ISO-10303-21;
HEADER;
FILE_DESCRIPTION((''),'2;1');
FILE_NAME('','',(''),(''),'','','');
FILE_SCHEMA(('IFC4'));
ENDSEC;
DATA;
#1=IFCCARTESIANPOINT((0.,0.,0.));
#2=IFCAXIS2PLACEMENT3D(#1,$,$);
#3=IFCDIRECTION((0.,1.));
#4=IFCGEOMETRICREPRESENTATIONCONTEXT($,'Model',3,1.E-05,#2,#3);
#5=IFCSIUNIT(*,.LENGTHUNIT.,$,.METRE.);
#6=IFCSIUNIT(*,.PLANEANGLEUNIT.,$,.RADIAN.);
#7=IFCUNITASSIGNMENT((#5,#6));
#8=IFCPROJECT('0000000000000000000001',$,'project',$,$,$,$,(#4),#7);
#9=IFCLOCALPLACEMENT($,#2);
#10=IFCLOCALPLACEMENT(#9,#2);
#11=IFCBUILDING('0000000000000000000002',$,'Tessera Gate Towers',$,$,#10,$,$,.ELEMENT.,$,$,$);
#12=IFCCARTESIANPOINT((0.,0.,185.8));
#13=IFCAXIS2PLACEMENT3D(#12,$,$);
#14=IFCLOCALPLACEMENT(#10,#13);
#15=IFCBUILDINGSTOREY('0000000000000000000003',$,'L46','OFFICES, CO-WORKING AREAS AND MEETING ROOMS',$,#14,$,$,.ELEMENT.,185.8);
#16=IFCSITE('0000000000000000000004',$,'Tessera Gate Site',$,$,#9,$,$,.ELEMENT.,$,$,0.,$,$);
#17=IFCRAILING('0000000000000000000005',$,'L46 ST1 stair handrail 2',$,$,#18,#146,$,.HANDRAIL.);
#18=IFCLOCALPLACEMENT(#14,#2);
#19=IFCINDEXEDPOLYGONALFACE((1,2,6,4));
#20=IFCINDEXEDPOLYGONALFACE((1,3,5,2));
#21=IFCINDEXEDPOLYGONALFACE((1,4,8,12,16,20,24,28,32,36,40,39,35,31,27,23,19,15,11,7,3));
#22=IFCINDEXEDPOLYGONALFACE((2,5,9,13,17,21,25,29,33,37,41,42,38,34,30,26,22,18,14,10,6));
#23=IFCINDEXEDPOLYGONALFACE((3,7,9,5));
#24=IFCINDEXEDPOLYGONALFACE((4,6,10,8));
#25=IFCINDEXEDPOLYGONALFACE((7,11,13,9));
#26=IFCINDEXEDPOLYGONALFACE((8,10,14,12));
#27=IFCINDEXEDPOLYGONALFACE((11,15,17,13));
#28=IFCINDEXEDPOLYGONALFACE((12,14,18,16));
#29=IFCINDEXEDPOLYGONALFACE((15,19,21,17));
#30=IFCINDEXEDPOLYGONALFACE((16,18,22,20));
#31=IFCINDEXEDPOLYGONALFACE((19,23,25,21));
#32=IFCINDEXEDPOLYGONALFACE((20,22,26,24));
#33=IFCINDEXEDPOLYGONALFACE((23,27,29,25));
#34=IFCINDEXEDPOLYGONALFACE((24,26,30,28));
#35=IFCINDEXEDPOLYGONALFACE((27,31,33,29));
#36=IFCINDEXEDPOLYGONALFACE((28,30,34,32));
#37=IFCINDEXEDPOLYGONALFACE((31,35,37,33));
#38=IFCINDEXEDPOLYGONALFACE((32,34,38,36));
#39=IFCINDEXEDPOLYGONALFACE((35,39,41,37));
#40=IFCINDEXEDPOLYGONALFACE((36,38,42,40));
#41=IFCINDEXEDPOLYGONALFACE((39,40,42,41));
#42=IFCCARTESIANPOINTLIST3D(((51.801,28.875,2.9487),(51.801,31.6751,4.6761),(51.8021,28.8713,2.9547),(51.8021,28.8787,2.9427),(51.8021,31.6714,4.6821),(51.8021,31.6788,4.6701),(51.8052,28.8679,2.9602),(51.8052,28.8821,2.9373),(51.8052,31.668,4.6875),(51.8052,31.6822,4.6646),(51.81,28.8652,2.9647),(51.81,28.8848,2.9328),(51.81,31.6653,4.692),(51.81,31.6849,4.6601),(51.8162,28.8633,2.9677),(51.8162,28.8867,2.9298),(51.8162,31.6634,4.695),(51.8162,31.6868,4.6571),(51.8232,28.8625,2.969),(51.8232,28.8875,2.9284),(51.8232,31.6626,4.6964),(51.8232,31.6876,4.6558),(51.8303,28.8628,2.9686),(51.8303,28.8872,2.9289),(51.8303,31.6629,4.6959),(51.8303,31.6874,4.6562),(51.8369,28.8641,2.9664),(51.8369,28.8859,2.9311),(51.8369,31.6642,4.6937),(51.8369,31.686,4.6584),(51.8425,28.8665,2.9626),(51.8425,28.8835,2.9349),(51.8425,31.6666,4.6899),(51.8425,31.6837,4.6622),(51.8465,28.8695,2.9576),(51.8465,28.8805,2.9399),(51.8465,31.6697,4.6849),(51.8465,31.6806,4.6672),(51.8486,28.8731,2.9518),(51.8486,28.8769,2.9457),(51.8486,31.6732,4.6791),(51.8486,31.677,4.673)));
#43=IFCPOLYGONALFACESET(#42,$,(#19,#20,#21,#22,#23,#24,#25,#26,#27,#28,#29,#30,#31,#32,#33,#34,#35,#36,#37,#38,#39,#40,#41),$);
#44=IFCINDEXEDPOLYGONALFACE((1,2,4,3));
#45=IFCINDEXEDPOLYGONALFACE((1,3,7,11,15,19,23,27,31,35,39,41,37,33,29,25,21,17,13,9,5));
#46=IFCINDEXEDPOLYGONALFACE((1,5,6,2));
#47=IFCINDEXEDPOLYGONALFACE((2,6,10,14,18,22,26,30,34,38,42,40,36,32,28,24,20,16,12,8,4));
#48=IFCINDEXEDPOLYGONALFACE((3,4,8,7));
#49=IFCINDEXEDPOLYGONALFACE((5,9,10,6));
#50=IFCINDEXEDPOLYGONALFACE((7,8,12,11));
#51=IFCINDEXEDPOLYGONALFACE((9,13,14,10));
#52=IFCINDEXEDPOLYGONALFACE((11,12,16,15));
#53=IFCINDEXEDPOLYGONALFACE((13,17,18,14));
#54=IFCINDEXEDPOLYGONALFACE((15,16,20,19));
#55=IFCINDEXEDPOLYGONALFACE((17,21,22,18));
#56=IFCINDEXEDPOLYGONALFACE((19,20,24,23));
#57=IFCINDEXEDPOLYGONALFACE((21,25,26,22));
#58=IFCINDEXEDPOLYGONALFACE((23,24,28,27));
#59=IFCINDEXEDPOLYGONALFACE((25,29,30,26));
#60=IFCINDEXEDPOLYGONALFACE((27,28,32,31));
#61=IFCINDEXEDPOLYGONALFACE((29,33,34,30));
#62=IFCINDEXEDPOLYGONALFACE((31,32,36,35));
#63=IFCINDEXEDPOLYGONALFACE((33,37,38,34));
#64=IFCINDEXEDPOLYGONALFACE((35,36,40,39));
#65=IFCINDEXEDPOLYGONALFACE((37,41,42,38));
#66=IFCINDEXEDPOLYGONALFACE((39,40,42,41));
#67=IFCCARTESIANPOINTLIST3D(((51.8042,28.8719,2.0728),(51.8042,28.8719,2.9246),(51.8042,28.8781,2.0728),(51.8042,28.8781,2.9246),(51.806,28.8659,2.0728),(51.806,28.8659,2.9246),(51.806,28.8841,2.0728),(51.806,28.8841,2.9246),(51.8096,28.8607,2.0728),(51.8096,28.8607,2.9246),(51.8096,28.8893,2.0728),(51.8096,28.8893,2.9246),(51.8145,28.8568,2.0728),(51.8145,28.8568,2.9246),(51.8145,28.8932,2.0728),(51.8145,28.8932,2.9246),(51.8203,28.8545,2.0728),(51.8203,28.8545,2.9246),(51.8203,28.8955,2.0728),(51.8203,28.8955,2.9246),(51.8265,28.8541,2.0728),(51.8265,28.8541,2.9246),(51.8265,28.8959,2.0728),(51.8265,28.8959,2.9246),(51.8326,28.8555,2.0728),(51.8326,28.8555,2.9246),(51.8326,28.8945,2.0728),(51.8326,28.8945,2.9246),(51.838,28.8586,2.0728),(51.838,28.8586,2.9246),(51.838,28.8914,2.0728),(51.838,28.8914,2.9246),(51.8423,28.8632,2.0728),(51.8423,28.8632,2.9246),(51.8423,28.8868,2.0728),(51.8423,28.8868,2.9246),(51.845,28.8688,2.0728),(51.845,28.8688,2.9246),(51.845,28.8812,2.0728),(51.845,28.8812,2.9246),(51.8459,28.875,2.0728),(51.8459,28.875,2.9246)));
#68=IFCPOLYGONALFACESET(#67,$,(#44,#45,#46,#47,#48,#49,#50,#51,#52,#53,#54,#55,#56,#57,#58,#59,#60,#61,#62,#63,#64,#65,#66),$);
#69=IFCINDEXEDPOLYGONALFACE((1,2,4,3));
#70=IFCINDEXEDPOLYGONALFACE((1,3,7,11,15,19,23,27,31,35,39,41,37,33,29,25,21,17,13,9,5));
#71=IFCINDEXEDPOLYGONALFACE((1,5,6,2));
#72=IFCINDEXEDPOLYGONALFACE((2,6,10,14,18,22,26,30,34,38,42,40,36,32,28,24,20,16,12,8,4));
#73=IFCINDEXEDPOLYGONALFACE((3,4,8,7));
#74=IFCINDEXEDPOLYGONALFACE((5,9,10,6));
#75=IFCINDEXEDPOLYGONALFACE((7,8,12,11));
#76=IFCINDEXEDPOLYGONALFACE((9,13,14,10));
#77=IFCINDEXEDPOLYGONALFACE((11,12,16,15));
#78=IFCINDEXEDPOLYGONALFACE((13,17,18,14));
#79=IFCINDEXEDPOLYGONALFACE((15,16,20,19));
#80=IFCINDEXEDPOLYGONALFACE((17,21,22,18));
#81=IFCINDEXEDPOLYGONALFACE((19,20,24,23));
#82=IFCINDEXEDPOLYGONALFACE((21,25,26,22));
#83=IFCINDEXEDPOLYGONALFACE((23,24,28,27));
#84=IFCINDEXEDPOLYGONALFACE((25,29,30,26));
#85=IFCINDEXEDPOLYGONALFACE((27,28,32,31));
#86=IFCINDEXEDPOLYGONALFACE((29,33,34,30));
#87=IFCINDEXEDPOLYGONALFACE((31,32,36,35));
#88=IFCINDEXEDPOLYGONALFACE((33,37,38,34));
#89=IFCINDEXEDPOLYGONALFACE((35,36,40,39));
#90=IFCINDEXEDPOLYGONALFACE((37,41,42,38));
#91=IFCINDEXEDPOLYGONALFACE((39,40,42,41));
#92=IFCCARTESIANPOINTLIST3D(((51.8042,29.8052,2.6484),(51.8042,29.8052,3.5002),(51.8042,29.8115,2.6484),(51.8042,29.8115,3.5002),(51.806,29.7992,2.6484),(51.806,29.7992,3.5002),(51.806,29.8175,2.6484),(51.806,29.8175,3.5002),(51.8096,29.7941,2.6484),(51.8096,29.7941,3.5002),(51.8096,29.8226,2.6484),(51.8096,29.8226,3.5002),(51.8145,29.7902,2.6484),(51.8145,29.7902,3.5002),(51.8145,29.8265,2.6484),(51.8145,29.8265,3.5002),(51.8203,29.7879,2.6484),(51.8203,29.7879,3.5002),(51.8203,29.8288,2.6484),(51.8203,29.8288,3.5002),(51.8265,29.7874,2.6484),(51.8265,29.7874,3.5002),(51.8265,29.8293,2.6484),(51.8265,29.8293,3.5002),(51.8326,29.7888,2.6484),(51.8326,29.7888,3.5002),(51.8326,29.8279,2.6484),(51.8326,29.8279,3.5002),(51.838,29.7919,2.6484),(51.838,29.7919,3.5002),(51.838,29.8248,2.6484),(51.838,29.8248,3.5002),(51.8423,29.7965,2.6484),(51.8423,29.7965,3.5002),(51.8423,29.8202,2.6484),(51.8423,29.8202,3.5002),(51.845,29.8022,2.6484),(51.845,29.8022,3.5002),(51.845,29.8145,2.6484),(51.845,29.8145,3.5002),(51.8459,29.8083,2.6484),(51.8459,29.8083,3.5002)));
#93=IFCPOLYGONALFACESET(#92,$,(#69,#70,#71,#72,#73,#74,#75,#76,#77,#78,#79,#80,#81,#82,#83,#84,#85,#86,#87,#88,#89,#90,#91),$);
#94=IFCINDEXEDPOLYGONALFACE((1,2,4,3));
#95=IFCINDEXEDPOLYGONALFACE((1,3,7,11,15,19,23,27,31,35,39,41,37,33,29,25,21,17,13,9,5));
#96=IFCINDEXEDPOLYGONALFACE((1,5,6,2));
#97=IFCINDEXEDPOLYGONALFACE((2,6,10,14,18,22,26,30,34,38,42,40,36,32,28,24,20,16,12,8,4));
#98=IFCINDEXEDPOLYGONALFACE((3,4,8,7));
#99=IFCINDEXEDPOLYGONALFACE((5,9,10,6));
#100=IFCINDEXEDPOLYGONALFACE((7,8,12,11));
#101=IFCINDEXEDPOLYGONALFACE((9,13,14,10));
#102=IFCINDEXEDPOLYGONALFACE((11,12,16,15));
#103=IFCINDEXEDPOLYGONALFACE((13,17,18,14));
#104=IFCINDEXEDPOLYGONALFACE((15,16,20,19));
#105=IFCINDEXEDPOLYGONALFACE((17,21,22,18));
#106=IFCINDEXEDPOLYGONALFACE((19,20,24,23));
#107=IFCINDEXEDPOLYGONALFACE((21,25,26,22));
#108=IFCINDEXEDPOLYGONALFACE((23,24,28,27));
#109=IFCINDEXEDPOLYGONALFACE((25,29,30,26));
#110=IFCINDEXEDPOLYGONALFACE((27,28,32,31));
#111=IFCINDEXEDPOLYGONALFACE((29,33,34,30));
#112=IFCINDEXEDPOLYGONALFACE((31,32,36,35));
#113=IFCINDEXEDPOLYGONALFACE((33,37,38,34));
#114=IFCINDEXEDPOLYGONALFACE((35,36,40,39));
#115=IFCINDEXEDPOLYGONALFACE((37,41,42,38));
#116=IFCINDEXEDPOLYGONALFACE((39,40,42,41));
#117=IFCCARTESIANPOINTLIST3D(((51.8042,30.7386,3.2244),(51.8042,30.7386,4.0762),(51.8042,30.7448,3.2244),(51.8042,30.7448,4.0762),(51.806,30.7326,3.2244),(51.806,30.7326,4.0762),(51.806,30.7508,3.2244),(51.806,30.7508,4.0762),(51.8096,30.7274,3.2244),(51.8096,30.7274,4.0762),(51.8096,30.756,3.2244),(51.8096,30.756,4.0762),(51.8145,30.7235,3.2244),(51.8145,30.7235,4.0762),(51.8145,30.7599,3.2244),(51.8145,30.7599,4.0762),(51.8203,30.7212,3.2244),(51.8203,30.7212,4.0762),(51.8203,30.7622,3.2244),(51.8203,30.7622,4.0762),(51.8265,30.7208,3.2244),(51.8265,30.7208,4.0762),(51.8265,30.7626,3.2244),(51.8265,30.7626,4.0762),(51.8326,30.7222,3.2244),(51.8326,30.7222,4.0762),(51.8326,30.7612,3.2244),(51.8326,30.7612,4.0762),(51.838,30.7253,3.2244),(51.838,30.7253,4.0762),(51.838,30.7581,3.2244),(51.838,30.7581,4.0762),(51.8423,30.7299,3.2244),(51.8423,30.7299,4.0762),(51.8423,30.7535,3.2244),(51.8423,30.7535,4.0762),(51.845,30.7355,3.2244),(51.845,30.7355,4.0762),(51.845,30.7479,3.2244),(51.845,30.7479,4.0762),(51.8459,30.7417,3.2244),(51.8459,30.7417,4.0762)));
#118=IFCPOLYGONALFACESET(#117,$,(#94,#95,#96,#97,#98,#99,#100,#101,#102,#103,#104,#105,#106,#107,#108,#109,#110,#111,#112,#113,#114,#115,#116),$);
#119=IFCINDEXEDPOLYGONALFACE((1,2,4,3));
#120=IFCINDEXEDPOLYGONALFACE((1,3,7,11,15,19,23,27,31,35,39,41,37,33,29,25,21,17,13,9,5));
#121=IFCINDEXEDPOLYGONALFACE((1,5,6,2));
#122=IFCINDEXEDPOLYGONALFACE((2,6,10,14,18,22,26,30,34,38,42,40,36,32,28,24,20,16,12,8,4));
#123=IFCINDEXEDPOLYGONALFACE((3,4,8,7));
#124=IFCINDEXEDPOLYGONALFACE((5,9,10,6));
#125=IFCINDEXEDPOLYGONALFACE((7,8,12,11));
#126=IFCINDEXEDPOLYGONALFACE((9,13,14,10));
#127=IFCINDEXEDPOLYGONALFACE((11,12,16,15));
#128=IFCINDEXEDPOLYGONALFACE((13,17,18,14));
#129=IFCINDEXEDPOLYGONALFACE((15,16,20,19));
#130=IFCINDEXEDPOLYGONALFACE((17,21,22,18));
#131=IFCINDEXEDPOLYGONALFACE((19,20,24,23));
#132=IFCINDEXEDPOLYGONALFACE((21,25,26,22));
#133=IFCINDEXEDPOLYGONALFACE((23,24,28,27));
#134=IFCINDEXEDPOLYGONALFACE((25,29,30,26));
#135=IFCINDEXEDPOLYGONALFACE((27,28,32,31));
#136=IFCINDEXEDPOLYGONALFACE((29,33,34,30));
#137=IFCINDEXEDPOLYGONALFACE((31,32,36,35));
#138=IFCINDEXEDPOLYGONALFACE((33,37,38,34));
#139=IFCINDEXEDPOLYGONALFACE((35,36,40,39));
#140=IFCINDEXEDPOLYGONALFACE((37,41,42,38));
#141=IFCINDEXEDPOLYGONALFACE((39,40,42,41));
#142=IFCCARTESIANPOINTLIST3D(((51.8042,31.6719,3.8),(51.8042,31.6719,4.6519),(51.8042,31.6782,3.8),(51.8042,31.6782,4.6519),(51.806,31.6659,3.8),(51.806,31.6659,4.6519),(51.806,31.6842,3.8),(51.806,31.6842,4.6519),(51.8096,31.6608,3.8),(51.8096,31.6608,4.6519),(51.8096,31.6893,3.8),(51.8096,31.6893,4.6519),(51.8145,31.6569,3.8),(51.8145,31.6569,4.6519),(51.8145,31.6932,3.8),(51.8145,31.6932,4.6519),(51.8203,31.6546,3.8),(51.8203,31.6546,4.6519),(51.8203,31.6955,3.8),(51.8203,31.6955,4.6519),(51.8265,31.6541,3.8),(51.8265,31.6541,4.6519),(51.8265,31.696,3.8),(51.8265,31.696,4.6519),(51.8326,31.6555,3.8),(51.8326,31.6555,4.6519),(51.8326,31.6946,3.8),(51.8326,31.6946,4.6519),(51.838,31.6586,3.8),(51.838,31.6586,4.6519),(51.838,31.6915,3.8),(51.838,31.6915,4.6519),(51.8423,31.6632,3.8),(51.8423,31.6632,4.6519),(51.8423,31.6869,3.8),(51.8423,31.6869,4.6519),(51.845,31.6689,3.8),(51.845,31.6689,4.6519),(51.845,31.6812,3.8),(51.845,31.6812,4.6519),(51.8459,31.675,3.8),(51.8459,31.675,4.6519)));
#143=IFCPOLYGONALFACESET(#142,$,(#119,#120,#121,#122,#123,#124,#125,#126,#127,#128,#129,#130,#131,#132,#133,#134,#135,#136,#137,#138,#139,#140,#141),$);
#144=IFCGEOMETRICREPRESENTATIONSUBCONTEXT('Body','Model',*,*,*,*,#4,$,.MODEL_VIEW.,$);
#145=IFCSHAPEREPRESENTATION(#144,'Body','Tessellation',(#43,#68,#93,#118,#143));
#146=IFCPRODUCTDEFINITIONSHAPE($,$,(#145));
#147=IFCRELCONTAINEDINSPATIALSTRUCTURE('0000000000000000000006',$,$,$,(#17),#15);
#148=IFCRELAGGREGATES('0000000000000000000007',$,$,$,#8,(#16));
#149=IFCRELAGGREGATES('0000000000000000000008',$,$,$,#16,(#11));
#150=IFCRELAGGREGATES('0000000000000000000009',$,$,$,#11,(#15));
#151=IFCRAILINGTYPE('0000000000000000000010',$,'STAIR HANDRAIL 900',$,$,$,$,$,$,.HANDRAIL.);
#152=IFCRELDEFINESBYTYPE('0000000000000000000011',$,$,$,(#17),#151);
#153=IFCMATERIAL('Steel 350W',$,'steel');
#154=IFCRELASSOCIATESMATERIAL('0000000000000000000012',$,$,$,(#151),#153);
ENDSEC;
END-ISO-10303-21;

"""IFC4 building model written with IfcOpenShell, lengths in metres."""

from ifc_helpers import new_model, si_unit, direction, frame, origin, origin_2d, place, context, subcontext, project, spatial, circle, extrude, material, type_object, element, save


model = new_model("IFC4")

# Units and contexts
model_context = context("Model", 3, precision=1e-05, world=origin(), true_north=direction((0.0, 1.0)))
body_context = subcontext(model_context, "Body", "Model", "MODEL_VIEW")
ifc_project = project(units=[si_unit("LENGTHUNIT", "METRE"), si_unit("PLANEANGLEUNIT", "RADIAN")], contexts=[model_context])

# Site, building, storey
site_placement = place(None, origin())
site = spatial("IfcSite", under=ifc_project, at=site_placement, Name="Tessera Gate Site", CompositionType="ELEMENT", RefElevation=0.0)
building_placement = place(site_placement, origin())
building = spatial("IfcBuilding", under=site, at=building_placement, Name="Tessera Gate Towers", CompositionType="ELEMENT")
storey_placement = place(building_placement, frame((0.0, 0.0, 185.8)))
storey = spatial("IfcBuildingStorey", under=building, at=storey_placement, Name="L46", Description="OFFICES, CO-WORKING AREAS AND MEETING ROOMS", CompositionType="ELEMENT", Elevation=185.8)

# Railing
ifc_material_1 = material(Name="Steel 350W", Category="steel")
railing_type = type_object("IfcRailingType", Name="STAIR HANDRAIL 900", PredefinedType="HANDRAIL", material=ifc_material_1)
railing_placement = place(storey_placement, frame((51.825, 28.875, 2.0728)))
element("IfcRailing", 1, at=railing_placement, inside=storey, type_object=railing_type, Name="L46 ST1 stair handrail 2", PredefinedType="HANDRAIL", context=body_context, shape_type="SweptSolid", body=[
    extrude(circle(Radius=0.0239, at=origin_2d()), frame((0.0, 0.0, 0.876), z_axis=(0.0, 0.85109, 0.52502), x_axis=(-1.0, 0.0, 0.0)), (0.0, 0.0, 1.0), 3.29),
    extrude(circle(Radius=0.021, at=origin_2d()), origin(), (0.0, 0.0, 1.0), 0.8518),
    extrude(circle(Radius=0.021, at=origin_2d()), frame((0.0, 0.9333, 0.5757)), (0.0, 0.0, 1.0), 0.8518),
    extrude(circle(Radius=0.021, at=origin_2d()), frame((0.0, 1.8667, 1.1516)), (0.0, 0.0, 1.0), 0.8518),
    extrude(circle(Radius=0.021, at=origin_2d()), frame((0.0, 2.8, 1.7273)), (0.0, 0.0, 1.0), 0.8518),
])

save(model, "model.ifc")
